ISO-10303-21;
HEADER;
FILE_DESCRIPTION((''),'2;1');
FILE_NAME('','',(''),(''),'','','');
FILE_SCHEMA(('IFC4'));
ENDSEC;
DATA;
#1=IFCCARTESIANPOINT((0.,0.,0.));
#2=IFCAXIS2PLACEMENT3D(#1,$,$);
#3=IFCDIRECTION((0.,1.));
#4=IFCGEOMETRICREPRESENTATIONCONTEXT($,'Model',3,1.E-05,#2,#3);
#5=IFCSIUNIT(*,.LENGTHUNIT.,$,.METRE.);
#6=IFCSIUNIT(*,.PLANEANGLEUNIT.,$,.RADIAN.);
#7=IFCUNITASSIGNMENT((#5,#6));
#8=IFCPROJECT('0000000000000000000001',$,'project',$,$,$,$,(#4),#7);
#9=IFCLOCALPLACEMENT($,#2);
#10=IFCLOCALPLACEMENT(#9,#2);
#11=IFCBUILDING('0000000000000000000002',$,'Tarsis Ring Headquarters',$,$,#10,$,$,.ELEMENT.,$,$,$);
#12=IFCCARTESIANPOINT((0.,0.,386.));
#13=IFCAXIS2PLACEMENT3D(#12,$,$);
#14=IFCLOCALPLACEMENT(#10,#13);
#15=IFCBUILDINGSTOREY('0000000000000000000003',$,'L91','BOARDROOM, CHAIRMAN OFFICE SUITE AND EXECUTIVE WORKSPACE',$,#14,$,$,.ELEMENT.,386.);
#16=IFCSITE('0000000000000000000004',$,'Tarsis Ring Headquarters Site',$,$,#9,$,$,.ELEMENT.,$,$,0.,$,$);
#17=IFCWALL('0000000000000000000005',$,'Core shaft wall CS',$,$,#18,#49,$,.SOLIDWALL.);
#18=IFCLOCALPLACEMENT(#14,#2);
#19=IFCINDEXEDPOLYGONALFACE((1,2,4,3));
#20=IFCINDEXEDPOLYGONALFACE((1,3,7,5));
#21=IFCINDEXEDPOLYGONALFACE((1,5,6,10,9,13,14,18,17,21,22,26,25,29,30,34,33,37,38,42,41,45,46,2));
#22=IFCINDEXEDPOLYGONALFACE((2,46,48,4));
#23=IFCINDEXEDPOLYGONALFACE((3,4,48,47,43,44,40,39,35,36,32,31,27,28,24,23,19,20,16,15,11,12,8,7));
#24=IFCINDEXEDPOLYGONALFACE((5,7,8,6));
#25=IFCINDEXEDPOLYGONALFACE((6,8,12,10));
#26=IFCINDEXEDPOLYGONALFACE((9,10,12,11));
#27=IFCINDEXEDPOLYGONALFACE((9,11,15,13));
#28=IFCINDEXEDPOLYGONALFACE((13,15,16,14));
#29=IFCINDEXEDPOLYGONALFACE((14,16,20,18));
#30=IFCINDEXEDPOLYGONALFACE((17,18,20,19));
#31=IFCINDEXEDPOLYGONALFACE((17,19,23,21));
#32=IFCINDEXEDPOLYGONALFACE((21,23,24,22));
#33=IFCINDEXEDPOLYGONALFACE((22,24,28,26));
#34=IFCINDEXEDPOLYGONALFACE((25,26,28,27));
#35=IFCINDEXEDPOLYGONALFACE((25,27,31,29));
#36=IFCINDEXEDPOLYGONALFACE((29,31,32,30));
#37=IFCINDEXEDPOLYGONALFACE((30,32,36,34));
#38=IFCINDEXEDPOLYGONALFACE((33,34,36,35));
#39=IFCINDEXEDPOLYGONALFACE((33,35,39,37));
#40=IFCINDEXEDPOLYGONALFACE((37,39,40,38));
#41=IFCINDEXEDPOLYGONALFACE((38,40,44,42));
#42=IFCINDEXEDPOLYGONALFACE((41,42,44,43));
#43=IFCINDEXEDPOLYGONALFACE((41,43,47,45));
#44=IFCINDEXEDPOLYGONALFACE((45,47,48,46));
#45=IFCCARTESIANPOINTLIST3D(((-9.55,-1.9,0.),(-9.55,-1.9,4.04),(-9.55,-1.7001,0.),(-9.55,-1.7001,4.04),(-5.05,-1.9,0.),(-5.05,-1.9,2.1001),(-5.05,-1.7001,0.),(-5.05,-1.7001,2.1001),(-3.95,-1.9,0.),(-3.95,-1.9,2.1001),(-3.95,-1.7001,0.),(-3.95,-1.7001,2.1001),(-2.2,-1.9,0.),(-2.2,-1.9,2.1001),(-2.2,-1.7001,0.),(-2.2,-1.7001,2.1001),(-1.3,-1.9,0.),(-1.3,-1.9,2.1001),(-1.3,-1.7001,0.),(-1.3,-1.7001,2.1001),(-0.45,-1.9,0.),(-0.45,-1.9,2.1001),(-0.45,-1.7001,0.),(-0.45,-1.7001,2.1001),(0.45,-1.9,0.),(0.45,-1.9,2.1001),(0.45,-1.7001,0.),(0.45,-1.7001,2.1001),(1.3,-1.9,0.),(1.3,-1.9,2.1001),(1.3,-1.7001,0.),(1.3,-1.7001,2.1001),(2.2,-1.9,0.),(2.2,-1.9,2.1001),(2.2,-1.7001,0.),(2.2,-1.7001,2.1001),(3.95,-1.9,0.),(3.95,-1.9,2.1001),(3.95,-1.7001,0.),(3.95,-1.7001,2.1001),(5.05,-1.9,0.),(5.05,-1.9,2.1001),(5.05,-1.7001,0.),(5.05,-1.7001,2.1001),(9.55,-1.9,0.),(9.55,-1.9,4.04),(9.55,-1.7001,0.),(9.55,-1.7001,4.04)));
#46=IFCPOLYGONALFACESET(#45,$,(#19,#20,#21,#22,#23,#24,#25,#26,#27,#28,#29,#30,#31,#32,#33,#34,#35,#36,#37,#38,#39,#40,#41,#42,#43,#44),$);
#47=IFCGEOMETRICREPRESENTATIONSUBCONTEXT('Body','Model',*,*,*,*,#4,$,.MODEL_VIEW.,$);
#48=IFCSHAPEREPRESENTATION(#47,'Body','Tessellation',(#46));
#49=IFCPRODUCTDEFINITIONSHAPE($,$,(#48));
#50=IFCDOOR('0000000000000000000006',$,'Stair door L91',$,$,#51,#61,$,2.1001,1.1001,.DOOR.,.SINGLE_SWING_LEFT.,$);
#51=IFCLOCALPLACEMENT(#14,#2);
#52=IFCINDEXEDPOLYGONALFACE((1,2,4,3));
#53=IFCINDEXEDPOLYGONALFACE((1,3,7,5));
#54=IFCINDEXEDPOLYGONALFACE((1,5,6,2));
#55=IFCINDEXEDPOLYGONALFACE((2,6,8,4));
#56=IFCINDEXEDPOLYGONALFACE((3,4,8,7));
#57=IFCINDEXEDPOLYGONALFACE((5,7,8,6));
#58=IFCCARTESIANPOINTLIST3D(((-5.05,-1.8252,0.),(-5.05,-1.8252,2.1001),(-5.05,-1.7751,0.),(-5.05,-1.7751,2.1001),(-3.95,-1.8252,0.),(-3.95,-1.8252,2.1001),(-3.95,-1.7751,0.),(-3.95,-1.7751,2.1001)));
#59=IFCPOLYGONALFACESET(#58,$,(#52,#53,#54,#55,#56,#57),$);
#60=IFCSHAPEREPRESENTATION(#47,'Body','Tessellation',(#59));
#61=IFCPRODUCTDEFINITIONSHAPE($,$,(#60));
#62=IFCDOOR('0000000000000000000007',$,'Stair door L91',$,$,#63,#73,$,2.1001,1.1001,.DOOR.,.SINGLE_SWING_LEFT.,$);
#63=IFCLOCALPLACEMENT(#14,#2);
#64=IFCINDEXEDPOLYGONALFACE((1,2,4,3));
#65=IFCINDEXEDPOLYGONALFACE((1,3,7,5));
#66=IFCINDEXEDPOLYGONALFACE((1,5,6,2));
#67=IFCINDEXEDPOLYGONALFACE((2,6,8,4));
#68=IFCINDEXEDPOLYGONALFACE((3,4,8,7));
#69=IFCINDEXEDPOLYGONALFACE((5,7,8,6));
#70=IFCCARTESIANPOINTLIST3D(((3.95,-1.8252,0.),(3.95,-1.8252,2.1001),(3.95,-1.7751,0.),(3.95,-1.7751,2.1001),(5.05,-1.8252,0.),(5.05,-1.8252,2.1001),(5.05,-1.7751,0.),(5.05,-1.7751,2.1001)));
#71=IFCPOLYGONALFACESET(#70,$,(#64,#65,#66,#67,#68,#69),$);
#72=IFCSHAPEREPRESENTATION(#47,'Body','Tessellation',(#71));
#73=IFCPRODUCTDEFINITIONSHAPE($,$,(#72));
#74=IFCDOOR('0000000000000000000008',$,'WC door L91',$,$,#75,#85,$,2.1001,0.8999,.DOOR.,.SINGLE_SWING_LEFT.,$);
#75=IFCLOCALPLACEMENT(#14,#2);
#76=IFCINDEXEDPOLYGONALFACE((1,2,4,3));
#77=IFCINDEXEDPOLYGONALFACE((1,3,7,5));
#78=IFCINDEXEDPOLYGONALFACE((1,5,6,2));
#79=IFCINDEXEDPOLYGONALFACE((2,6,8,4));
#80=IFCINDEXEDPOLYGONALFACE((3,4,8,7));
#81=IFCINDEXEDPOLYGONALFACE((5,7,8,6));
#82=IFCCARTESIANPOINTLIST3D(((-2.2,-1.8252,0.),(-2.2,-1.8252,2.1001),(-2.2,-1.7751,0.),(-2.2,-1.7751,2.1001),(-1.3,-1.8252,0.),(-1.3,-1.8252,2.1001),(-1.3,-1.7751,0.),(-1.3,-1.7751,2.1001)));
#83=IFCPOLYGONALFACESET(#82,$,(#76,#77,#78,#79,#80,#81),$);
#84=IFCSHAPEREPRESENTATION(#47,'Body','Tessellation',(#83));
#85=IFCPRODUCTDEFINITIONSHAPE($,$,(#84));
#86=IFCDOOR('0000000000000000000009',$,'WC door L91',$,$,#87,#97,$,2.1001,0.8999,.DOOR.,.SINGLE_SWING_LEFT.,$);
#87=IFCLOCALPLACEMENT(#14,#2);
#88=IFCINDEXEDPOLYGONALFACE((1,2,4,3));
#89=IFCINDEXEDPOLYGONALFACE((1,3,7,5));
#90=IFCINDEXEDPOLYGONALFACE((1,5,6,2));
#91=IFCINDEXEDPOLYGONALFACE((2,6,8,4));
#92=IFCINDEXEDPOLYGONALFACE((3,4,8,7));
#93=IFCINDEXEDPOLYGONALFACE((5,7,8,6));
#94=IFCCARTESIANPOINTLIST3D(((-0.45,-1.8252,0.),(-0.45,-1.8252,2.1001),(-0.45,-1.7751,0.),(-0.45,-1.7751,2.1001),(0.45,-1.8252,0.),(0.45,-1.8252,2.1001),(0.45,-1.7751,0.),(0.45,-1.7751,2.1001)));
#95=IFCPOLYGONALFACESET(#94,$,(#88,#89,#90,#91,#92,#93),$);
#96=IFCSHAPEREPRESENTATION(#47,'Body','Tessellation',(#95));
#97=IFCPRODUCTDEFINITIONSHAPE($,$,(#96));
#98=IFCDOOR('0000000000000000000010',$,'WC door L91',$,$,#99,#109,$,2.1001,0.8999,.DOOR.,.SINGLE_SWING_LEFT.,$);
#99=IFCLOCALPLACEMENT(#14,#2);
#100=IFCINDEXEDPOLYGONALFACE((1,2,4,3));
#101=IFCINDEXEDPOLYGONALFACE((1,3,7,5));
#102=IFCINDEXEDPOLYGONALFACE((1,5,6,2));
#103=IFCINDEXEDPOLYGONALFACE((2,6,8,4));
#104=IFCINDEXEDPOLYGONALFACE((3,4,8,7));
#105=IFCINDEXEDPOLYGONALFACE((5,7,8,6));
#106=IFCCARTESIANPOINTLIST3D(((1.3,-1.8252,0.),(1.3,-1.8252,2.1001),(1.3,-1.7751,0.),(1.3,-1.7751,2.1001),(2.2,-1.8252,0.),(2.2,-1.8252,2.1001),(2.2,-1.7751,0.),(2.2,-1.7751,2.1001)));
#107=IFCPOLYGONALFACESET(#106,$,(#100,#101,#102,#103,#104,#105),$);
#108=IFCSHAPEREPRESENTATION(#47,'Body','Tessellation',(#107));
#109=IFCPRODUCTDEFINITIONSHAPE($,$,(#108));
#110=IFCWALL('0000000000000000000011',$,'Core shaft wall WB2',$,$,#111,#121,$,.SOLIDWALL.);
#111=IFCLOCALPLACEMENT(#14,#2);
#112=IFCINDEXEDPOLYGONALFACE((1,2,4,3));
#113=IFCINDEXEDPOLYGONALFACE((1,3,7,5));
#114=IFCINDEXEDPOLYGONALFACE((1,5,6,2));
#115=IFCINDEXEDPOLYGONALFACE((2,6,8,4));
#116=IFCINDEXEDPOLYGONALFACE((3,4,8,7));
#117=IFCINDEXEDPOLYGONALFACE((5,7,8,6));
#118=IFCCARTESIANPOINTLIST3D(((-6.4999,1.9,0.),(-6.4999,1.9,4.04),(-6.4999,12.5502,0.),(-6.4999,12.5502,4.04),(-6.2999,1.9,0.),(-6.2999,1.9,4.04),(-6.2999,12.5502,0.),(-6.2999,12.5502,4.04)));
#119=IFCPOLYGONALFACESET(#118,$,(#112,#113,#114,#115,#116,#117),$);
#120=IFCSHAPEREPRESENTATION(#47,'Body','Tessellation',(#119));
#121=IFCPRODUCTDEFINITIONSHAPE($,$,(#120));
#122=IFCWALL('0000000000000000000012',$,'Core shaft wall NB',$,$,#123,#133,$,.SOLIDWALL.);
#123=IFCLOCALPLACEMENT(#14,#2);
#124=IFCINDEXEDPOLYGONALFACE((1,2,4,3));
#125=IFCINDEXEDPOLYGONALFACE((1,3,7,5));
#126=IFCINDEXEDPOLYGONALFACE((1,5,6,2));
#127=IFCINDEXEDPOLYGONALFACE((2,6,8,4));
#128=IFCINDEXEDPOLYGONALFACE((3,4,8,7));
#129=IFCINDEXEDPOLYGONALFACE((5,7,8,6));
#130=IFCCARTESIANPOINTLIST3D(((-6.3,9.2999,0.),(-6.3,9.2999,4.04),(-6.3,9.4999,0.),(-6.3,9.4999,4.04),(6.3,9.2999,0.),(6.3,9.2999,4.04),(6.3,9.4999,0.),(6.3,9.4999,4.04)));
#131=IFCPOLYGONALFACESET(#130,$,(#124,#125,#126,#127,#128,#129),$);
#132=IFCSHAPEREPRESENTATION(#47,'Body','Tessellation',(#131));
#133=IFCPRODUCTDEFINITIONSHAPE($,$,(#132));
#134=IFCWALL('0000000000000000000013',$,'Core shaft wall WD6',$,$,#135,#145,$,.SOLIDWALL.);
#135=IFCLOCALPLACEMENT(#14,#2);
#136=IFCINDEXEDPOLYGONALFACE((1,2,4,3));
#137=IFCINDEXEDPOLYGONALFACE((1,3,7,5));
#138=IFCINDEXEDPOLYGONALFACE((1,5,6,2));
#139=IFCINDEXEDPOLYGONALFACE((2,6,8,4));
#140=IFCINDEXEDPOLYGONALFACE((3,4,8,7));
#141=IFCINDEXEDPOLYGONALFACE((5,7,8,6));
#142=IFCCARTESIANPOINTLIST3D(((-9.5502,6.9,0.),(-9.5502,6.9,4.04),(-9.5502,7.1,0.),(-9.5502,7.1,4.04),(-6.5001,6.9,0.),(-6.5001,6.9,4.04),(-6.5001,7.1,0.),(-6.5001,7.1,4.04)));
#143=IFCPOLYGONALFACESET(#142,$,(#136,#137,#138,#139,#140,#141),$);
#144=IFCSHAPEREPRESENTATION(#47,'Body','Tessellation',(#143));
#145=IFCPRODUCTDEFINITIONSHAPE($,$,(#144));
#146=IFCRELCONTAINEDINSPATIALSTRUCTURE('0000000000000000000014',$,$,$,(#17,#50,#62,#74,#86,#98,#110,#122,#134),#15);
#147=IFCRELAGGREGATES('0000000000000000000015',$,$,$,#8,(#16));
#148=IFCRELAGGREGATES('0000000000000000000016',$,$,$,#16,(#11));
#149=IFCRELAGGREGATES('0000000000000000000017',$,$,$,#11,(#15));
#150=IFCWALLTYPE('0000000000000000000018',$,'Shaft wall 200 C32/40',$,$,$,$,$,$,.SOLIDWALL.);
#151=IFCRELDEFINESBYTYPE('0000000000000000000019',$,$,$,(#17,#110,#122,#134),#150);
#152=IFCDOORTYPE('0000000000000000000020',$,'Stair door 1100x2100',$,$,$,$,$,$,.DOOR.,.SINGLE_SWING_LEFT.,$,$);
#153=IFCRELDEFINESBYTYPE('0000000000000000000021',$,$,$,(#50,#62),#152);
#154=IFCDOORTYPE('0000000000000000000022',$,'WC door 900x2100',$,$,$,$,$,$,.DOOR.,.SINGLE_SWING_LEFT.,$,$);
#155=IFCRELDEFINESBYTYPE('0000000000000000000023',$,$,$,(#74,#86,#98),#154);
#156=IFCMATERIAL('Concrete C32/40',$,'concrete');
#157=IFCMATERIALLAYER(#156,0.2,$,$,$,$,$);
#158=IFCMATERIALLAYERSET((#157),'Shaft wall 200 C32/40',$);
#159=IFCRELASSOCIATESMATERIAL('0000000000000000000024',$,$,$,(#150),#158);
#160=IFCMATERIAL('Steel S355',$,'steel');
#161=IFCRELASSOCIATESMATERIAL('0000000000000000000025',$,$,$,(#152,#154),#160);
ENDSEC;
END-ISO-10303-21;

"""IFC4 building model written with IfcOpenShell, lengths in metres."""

from ifc_helpers import new_model, si_unit, direction, frame, frame_2d, origin, place, context, subcontext, project, spatial, rectangle, extrude, material, layer, layer_set, type_object, element, fill, save


model = new_model("IFC4")

# Units and contexts
model_context = context("Model", 3, precision=1e-05, world=origin(), true_north=direction((0.0, 1.0)))
body_context = subcontext(model_context, "Body", "Model", "MODEL_VIEW")
ifc_project = project(units=[si_unit("LENGTHUNIT", "METRE"), si_unit("PLANEANGLEUNIT", "RADIAN")], contexts=[model_context])

# Site, building, storey
site_placement = place(None, origin())
site = spatial("IfcSite", under=ifc_project, at=site_placement, Name="Tarsis Ring Headquarters Site", CompositionType="ELEMENT", RefElevation=0.0)
building_placement = place(site_placement, origin())
building = spatial("IfcBuilding", under=site, at=building_placement, Name="Tarsis Ring Headquarters", CompositionType="ELEMENT")
storey_placement = place(building_placement, frame((0.0, 0.0, 386.0)))
storey = spatial("IfcBuildingStorey", under=building, at=storey_placement, Name="L91", Description="BOARDROOM, CHAIRMAN OFFICE SUITE AND EXECUTIVE WORKSPACE", CompositionType="ELEMENT", Elevation=386.0)

# Shared definitions
ifc_material_1 = material(Name="Steel S355", Category="steel")

# Shared definitions
ifc_material_2 = material(Name="Concrete C32/40", Category="concrete")

# Wall, openings, doors
ifc_layer_1 = layer(ifc_material_2, 0.2)
ifc_layer_set_1 = layer_set([ifc_layer_1], Name="Shaft wall 200 C32/40")
wall_type_1 = type_object("IfcWallType", Name="Shaft wall 200 C32/40", PredefinedType="SOLIDWALL", material=ifc_layer_set_1)
door_type_1 = type_object("IfcDoorType", Name="Stair door 1100x2100", OperationType="SINGLE_SWING_LEFT", PredefinedType="DOOR", material=ifc_material_1)
wall_1_placement = place(storey_placement, frame((-9.55, -1.8, 0.0), z_axis=(0.0, 0.0, 1.0), x_axis=(1.0, 0.0, 0.0)))
wall_1 = element("IfcWall", 1, at=wall_1_placement, inside=storey, type_object=wall_type_1, Name="Core shaft wall CS", PredefinedType="SOLIDWALL", context=body_context, shape_type="SweptSolid", body=[
    extrude(rectangle(XDim=19.1001, YDim=0.2, at=frame_2d((9.55, 0.0))), origin(), (0.0, 0.0, 1.0), 4.04),
])
opening_1_placement = place(wall_1_placement, frame((4.5, 0.0, 0.0)))
opening_1 = element("IfcOpeningElement", 2, at=opening_1_placement, cuts=wall_1, PredefinedType="OPENING", context=body_context, shape_type="SweptSolid", body=[
    extrude(rectangle(XDim=1.1001, YDim=2.1001, at=frame_2d((0.55, 1.05))), frame((0.0, 0.1099, 0.0), z_axis=(0.0, -1.0, 0.0), x_axis=(1.0, 0.0, 0.0)), (0.0, 0.0, 1.0), 0.22),
])
opening_2_placement = place(wall_1_placement, frame((7.3501, 0.0, 0.0)))
opening_2 = element("IfcOpeningElement", 3, at=opening_2_placement, cuts=wall_1, PredefinedType="OPENING", context=body_context, shape_type="SweptSolid", body=[
    extrude(rectangle(XDim=0.8999, YDim=2.1001, at=frame_2d((0.45, 1.05))), frame((0.0, 0.1099, 0.0), z_axis=(0.0, -1.0, 0.0), x_axis=(1.0, 0.0, 0.0)), (0.0, 0.0, 1.0), 0.22),
])
opening_3_placement = place(wall_1_placement, frame((9.1001, 0.0, 0.0)))
opening_3 = element("IfcOpeningElement", 4, at=opening_3_placement, cuts=wall_1, PredefinedType="OPENING", context=body_context, shape_type="SweptSolid", body=[
    extrude(rectangle(XDim=0.8999, YDim=2.1001, at=frame_2d((0.45, 1.05))), frame((0.0, 0.1099, 0.0), z_axis=(0.0, -1.0, 0.0), x_axis=(1.0, 0.0, 0.0)), (0.0, 0.0, 1.0), 0.22),
])
opening_4_placement = place(wall_1_placement, frame((10.8501, 0.0, 0.0)))
opening_4 = element("IfcOpeningElement", 5, at=opening_4_placement, cuts=wall_1, PredefinedType="OPENING", context=body_context, shape_type="SweptSolid", body=[
    extrude(rectangle(XDim=0.8999, YDim=2.1001, at=frame_2d((0.45, 1.05))), frame((0.0, 0.1099, 0.0), z_axis=(0.0, -1.0, 0.0), x_axis=(1.0, 0.0, 0.0)), (0.0, 0.0, 1.0), 0.22),
])
opening_5_placement = place(wall_1_placement, frame((13.5, 0.0, 0.0)))
opening_5 = element("IfcOpeningElement", 6, at=opening_5_placement, cuts=wall_1, PredefinedType="OPENING", context=body_context, shape_type="SweptSolid", body=[
    extrude(rectangle(XDim=1.1001, YDim=2.1001, at=frame_2d((0.55, 1.05))), frame((0.0, 0.1099, 0.0), z_axis=(0.0, -1.0, 0.0), x_axis=(1.0, 0.0, 0.0)), (0.0, 0.0, 1.0), 0.22),
])
door_1_placement = place(opening_1_placement, origin())
door_1 = element("IfcDoor", 7, at=door_1_placement, inside=storey, type_object=door_type_1, Name="Stair door L91", OperationType="SINGLE_SWING_LEFT", OverallHeight=2.1001, OverallWidth=1.1001, PredefinedType="DOOR", context=body_context, shape_type="SweptSolid", body=[
    extrude(rectangle(XDim=1.1001, YDim=2.1001, at=frame_2d((0.55, 1.05))), frame((0.0, 0.0249, 0.0), z_axis=(0.0, -1.0, 0.0), x_axis=(1.0, 0.0, 0.0)), (0.0, 0.0, 1.0), 0.05),
])
fill(opening_1, door_1)
door_2_placement = place(opening_5_placement, origin())
door_2 = element("IfcDoor", 8, at=door_2_placement, inside=storey, type_object=door_type_1, Name="Stair door L91", OperationType="SINGLE_SWING_LEFT", OverallHeight=2.1001, OverallWidth=1.1001, PredefinedType="DOOR", context=body_context, shape_type="SweptSolid", body=[
    extrude(rectangle(XDim=1.1001, YDim=2.1001, at=frame_2d((0.55, 1.05))), frame((0.0, 0.0249, 0.0), z_axis=(0.0, -1.0, 0.0), x_axis=(1.0, 0.0, 0.0)), (0.0, 0.0, 1.0), 0.05),
])
fill(opening_5, door_2)
door_type_2 = type_object("IfcDoorType", Name="WC door 900x2100", OperationType="SINGLE_SWING_LEFT", PredefinedType="DOOR", material=ifc_material_1)
door_3_placement = place(opening_2_placement, origin())
door_3 = element("IfcDoor", 9, at=door_3_placement, inside=storey, type_object=door_type_2, Name="WC door L91", OperationType="SINGLE_SWING_LEFT", OverallHeight=2.1001, OverallWidth=0.8999, PredefinedType="DOOR", context=body_context, shape_type="SweptSolid", body=[
    extrude(rectangle(XDim=0.8999, YDim=2.1001, at=frame_2d((0.45, 1.05))), frame((0.0, 0.0249, 0.0), z_axis=(0.0, -1.0, 0.0), x_axis=(1.0, 0.0, 0.0)), (0.0, 0.0, 1.0), 0.05),
])
fill(opening_2, door_3)
door_4_placement = place(opening_3_placement, origin())
door_4 = element("IfcDoor", 10, at=door_4_placement, inside=storey, type_object=door_type_2, Name="WC door L91", OperationType="SINGLE_SWING_LEFT", OverallHeight=2.1001, OverallWidth=0.8999, PredefinedType="DOOR", context=body_context, shape_type="SweptSolid", body=[
    extrude(rectangle(XDim=0.8999, YDim=2.1001, at=frame_2d((0.45, 1.05))), frame((0.0, 0.0249, 0.0), z_axis=(0.0, -1.0, 0.0), x_axis=(1.0, 0.0, 0.0)), (0.0, 0.0, 1.0), 0.05),
])
fill(opening_3, door_4)
door_5_placement = place(opening_4_placement, origin())
door_5 = element("IfcDoor", 11, at=door_5_placement, inside=storey, type_object=door_type_2, Name="WC door L91", OperationType="SINGLE_SWING_LEFT", OverallHeight=2.1001, OverallWidth=0.8999, PredefinedType="DOOR", context=body_context, shape_type="SweptSolid", body=[
    extrude(rectangle(XDim=0.8999, YDim=2.1001, at=frame_2d((0.45, 1.05))), frame((0.0, 0.0249, 0.0), z_axis=(0.0, -1.0, 0.0), x_axis=(1.0, 0.0, 0.0)), (0.0, 0.0, 1.0), 0.05),
])
fill(opening_4, door_5)

# Walls
wall_2_placement = place(storey_placement, frame((-6.3999, 1.8999, 0.0), z_axis=(0.0, 0.0, 1.0), x_axis=(0.0, 1.0, 0.0)))
element("IfcWall", 12, at=wall_2_placement, inside=storey, type_object=wall_type_1, Name="Core shaft wall WB2", PredefinedType="SOLIDWALL", context=body_context, shape_type="SweptSolid", body=[
    extrude(rectangle(XDim=10.6501, YDim=0.2, at=frame_2d((5.3252, 0.0))), origin(), (0.0, 0.0, 1.0), 4.04),
])
wall_3_placement = place(storey_placement, frame((-6.3, 9.3999, 0.0), z_axis=(0.0, 0.0, 1.0), x_axis=(1.0, 0.0, 0.0)))
element("IfcWall", 13, at=wall_3_placement, inside=storey, type_object=wall_type_1, Name="Core shaft wall NB", PredefinedType="SOLIDWALL", context=body_context, shape_type="SweptSolid", body=[
    extrude(rectangle(XDim=12.6001, YDim=0.2, at=frame_2d((6.3, 0.0))), origin(), (0.0, 0.0, 1.0), 4.04),
])
wall_4_placement = place(storey_placement, frame((-9.55, 7.0, 0.0), z_axis=(0.0, 0.0, 1.0), x_axis=(1.0, 0.0, 0.0)))
element("IfcWall", 14, at=wall_4_placement, inside=storey, type_object=wall_type_1, Name="Core shaft wall WD6", PredefinedType="SOLIDWALL", context=body_context, shape_type="SweptSolid", body=[
    extrude(rectangle(XDim=3.05, YDim=0.2, at=frame_2d((1.5249, 0.0))), origin(), (0.0, 0.0, 1.0), 4.04),
])

save(model, "model.ifc")
